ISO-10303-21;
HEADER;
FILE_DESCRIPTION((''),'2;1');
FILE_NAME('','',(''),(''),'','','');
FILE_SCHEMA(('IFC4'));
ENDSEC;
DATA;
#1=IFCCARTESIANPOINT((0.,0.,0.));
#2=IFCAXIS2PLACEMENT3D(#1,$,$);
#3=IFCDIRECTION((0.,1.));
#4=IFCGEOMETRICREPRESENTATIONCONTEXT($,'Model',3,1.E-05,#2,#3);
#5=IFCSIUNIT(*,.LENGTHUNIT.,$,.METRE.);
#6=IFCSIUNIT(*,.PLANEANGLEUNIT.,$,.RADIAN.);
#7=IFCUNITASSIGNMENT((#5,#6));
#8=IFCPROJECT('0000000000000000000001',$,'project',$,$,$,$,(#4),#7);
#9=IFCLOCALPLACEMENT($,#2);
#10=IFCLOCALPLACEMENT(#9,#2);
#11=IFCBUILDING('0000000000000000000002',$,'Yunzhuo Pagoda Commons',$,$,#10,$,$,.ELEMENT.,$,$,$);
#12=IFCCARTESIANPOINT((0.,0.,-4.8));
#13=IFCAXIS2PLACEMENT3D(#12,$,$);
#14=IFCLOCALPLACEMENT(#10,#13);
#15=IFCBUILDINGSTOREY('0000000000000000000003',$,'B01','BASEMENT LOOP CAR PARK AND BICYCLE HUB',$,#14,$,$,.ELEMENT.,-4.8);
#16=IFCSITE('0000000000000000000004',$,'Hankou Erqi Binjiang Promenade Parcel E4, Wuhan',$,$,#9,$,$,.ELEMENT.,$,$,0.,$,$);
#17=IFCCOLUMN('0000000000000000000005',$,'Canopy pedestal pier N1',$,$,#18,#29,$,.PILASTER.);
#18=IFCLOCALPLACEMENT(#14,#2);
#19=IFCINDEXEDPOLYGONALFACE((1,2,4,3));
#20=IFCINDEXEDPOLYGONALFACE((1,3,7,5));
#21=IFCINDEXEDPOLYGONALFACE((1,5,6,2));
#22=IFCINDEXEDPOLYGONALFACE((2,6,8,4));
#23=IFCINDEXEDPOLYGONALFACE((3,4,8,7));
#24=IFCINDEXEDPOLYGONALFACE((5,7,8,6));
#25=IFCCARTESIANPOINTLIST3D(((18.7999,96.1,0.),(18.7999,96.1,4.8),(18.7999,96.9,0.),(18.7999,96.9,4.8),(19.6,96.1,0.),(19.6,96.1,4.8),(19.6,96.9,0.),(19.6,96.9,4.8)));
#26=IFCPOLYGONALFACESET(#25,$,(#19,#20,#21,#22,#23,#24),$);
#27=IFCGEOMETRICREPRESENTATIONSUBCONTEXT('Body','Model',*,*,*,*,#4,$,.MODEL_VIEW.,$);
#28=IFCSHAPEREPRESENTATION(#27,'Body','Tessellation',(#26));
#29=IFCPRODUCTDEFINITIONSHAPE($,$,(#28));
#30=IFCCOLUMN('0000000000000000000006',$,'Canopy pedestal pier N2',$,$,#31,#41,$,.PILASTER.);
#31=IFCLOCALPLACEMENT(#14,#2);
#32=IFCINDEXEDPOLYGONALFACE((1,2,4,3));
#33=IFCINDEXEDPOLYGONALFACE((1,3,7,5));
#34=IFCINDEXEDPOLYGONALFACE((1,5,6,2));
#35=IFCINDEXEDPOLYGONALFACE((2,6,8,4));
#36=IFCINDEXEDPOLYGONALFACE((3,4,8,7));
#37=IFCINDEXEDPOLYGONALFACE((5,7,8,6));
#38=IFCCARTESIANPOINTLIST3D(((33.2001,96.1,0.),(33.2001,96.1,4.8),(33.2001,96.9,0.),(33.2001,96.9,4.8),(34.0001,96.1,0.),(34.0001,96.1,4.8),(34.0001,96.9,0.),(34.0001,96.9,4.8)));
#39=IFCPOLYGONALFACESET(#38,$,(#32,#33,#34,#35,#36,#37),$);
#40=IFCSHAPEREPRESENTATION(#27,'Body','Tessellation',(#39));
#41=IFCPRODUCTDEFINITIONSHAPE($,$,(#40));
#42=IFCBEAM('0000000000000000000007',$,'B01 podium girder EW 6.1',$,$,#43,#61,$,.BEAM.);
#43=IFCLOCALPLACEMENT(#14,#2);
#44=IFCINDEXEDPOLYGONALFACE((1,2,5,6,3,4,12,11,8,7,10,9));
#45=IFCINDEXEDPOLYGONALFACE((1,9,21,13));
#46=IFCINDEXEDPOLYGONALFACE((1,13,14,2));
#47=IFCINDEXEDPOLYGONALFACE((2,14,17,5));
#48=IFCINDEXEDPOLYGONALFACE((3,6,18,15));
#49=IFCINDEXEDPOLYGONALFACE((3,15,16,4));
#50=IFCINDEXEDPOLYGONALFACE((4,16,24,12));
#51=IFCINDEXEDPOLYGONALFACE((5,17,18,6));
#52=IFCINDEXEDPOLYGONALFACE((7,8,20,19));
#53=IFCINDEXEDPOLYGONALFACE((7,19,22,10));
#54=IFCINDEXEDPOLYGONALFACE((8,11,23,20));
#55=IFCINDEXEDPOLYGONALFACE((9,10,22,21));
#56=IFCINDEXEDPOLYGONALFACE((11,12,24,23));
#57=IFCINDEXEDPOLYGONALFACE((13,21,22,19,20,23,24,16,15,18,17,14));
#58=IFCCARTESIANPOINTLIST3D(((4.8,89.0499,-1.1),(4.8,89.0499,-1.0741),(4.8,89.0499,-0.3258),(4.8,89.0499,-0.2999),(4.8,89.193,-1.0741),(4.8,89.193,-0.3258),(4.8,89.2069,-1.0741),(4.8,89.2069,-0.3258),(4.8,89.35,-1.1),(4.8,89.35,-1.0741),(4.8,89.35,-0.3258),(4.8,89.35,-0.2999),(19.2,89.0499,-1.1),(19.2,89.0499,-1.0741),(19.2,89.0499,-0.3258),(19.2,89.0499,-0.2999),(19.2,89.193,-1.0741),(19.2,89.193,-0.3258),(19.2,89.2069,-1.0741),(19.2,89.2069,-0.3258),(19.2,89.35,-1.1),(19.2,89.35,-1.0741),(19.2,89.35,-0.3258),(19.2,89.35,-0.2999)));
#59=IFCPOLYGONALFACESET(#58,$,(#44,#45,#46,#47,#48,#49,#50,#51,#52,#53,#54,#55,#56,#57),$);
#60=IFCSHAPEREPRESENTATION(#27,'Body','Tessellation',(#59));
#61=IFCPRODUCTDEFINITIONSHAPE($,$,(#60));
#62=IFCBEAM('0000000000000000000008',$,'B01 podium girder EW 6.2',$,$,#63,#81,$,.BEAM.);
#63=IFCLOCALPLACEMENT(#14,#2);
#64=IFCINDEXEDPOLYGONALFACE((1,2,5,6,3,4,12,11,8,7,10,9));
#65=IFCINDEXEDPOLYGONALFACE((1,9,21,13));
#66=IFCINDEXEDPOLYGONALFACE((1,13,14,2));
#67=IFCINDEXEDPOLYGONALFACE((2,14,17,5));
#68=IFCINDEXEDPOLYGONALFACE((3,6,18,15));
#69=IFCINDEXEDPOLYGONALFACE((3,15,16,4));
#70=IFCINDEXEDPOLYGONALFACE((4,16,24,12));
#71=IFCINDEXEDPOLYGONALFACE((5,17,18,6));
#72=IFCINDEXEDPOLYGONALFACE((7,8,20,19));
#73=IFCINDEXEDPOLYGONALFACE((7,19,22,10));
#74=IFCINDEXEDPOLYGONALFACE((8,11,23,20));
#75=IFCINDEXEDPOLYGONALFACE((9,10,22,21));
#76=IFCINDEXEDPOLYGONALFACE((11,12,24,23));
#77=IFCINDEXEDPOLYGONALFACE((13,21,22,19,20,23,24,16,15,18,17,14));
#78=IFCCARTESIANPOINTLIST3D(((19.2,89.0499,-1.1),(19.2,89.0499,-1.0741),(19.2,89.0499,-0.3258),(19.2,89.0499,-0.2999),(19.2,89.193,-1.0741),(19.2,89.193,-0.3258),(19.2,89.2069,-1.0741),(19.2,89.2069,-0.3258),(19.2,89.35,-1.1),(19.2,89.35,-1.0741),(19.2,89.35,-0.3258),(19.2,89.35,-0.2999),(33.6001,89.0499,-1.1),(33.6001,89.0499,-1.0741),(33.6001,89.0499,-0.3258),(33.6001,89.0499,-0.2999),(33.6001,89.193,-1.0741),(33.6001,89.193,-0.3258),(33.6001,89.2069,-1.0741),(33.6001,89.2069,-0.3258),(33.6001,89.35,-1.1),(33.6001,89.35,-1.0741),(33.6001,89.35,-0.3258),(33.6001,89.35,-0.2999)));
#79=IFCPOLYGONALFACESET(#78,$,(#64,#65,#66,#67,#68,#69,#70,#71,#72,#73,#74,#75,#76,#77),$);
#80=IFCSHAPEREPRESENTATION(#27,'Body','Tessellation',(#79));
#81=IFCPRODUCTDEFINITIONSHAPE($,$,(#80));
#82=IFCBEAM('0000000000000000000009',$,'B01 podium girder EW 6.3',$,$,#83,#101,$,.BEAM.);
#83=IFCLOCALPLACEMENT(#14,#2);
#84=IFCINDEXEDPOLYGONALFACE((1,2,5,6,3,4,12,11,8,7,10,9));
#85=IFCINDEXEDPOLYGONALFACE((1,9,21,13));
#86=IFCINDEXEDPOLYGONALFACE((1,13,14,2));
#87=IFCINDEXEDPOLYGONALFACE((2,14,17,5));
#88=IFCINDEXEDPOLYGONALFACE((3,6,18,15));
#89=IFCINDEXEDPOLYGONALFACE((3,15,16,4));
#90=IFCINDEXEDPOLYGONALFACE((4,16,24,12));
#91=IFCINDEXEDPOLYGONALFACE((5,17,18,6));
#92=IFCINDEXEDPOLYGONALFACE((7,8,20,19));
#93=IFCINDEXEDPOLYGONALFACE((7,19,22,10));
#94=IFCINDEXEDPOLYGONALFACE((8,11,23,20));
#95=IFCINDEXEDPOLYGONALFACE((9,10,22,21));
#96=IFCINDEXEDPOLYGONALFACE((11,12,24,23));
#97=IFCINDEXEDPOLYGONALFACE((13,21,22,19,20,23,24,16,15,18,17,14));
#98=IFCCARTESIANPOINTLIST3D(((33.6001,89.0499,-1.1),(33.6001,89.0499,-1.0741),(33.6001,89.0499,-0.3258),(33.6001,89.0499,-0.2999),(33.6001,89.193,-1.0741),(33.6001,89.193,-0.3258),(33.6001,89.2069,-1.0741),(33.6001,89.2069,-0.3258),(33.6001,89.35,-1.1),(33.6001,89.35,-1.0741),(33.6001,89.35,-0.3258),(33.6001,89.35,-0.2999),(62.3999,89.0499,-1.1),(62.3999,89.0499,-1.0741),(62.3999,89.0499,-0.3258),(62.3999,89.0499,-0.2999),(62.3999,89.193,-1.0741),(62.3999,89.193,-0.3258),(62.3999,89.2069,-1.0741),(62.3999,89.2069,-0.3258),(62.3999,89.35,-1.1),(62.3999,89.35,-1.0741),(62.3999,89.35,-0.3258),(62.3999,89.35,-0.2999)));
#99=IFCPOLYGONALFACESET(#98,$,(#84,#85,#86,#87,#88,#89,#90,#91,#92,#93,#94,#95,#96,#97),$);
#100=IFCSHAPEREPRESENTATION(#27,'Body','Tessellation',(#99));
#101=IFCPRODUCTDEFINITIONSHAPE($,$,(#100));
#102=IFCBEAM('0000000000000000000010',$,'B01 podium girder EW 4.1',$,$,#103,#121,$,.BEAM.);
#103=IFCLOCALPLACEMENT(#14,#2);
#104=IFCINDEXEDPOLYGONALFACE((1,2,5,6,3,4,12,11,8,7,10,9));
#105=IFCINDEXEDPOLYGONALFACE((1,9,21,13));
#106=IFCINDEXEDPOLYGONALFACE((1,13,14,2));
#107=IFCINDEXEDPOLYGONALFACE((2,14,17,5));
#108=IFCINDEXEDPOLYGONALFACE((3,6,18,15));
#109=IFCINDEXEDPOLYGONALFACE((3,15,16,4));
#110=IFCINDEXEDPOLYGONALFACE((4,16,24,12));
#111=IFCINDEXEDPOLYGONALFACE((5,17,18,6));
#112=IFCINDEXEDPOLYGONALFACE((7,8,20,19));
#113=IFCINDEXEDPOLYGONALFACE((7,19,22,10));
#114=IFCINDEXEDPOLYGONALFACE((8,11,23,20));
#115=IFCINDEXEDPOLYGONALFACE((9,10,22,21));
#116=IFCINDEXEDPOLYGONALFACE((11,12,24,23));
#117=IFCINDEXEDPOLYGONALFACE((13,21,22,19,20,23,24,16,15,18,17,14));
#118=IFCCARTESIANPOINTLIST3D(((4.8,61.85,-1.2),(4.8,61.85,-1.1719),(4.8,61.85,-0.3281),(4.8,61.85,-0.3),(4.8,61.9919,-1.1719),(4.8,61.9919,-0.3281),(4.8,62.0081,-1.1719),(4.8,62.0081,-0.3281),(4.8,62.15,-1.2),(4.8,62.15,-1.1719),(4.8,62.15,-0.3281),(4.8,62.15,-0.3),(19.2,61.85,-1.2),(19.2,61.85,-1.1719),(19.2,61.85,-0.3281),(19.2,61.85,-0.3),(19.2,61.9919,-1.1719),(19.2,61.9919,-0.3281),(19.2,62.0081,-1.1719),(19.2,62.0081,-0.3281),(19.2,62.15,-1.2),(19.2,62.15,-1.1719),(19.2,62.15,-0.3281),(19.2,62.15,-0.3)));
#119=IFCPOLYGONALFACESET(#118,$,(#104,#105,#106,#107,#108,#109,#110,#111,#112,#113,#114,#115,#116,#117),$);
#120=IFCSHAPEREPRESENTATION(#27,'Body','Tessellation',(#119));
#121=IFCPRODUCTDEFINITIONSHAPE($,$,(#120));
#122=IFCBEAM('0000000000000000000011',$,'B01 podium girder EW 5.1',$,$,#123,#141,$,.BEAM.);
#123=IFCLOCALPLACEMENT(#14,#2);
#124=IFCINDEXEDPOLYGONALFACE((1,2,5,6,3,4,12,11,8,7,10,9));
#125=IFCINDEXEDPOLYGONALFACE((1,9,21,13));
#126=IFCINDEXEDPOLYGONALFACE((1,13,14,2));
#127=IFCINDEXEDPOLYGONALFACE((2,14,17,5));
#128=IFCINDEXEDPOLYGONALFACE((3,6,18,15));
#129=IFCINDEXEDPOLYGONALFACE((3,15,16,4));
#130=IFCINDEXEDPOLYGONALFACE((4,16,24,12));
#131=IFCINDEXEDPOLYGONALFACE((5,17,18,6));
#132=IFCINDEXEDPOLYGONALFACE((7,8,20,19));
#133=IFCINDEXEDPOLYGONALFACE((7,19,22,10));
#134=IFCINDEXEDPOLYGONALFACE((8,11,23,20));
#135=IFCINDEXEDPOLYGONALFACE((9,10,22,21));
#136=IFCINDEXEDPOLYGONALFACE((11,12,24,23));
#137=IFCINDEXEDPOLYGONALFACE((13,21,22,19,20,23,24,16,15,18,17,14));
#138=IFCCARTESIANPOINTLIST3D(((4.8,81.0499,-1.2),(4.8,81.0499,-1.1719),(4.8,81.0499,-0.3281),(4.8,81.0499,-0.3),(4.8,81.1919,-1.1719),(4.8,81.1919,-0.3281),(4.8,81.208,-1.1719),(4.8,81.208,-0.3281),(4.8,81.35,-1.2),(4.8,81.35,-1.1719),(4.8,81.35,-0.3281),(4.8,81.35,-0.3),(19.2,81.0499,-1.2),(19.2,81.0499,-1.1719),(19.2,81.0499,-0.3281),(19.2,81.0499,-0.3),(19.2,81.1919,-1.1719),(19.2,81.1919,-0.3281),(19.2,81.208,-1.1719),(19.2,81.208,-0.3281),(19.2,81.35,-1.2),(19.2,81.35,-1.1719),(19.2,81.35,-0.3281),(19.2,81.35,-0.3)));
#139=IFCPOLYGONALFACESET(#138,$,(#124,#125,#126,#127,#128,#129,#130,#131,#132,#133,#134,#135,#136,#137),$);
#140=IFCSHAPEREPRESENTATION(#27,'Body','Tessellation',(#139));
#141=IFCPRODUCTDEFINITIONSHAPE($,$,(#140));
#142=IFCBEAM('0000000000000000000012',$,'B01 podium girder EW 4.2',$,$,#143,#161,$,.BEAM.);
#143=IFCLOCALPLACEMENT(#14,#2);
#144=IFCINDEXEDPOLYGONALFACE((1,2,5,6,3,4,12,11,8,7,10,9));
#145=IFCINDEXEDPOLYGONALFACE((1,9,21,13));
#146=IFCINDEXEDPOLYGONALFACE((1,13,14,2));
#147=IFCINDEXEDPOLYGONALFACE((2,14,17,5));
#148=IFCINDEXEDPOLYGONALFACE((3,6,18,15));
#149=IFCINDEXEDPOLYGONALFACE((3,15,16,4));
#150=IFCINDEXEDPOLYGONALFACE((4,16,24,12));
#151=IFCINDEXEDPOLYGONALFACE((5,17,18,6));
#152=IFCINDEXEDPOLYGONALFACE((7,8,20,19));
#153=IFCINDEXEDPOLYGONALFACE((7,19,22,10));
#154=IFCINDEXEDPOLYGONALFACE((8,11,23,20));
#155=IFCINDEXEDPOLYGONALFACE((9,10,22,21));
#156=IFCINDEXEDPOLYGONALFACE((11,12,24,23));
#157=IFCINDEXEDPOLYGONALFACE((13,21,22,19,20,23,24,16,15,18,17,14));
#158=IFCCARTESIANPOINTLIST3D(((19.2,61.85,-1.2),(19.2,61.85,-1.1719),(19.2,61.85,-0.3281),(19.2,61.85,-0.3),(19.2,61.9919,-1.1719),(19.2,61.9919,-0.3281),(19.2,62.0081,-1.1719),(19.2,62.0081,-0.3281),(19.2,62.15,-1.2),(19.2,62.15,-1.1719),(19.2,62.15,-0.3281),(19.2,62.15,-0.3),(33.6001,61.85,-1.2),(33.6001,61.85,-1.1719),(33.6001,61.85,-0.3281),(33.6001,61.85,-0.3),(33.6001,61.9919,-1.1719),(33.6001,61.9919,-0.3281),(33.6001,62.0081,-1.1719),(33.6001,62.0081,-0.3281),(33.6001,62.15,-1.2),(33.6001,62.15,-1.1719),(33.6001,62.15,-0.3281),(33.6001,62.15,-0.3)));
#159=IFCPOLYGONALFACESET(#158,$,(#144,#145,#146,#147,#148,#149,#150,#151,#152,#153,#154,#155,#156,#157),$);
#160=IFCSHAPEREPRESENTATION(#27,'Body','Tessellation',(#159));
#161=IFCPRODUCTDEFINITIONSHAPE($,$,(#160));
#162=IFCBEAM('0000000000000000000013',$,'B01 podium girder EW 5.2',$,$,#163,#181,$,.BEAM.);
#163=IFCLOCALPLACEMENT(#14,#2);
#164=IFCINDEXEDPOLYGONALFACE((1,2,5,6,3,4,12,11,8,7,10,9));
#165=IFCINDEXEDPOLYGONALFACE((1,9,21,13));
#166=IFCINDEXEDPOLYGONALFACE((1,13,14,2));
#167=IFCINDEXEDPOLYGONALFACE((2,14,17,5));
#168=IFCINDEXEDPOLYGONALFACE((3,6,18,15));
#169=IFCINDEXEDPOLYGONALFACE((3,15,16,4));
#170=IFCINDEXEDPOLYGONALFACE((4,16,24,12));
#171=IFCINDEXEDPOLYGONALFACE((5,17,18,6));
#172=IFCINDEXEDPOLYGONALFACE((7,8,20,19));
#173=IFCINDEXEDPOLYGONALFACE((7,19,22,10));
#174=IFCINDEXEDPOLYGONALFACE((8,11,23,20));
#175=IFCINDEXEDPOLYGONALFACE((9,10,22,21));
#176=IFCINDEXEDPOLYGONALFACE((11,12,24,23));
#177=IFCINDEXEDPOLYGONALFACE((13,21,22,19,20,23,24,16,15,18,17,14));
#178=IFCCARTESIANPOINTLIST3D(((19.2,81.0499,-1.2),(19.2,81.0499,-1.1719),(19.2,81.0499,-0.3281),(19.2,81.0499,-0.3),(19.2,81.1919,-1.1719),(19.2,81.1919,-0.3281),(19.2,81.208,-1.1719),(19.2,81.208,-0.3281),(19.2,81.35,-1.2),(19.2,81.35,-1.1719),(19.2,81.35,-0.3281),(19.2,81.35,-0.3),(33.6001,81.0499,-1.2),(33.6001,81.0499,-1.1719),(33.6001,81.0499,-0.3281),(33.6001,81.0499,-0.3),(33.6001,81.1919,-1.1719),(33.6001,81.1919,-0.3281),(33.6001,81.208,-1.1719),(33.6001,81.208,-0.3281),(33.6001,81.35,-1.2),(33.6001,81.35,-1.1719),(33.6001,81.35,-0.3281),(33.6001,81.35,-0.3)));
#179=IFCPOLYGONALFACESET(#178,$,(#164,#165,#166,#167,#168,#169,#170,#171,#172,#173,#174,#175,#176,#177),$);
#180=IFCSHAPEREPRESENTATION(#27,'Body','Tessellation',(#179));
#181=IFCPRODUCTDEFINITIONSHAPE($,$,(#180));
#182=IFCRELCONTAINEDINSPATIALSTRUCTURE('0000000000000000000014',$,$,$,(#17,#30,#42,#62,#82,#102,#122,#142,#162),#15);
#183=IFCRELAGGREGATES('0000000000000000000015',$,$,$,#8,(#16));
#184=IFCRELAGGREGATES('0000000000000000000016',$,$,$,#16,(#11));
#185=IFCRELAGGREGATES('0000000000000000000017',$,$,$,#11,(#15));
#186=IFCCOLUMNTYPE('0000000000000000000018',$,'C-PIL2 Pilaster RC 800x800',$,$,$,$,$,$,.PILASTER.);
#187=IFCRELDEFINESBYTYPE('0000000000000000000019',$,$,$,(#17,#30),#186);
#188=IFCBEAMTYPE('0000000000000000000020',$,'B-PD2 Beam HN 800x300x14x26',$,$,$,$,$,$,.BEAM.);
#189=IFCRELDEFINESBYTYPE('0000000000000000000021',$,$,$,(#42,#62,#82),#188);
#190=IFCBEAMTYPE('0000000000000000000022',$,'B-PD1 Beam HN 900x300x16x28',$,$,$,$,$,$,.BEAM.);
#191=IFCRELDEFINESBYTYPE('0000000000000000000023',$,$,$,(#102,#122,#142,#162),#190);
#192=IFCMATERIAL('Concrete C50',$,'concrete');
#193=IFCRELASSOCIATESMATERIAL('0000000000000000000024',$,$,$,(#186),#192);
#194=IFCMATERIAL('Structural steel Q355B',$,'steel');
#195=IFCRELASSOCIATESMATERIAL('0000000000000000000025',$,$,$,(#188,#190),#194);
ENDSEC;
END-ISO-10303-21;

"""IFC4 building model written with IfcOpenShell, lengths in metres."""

from ifc_helpers import new_model, si_unit, direction, frame, origin, origin_2d, place, context, subcontext, project, spatial, rectangle, i_section, extrude, source, transform, mapped, material, material_profile, profile_set, type_object, element, save


model = new_model("IFC4")

# Units and contexts
model_context = context("Model", 3, precision=1e-05, world=origin(), true_north=direction((0.0, 1.0)))
body_context = subcontext(model_context, "Body", "Model", "MODEL_VIEW")
ifc_project = project(units=[si_unit("LENGTHUNIT", "METRE"), si_unit("PLANEANGLEUNIT", "RADIAN")], contexts=[model_context])

# Site, building, storey
site_placement = place(None, origin())
site = spatial("IfcSite", under=ifc_project, at=site_placement, Name="Hankou Erqi Binjiang Promenade Parcel E4, Wuhan", CompositionType="ELEMENT", RefElevation=0.0)
building_placement = place(site_placement, origin())
building = spatial("IfcBuilding", under=site, at=building_placement, Name="Yunzhuo Pagoda Commons", CompositionType="ELEMENT")
storey_placement = place(building_placement, frame((0.0, 0.0, -4.8)))
storey = spatial("IfcBuildingStorey", under=building, at=storey_placement, Name="B01", Description="BASEMENT LOOP CAR PARK AND BICYCLE HUB", CompositionType="ELEMENT", Elevation=-4.8)

# Columns
ifc_material_1 = material(Name="Concrete C50", Category="concrete")
ifc_material_profile_1 = material_profile(ifc_material_1, rectangle(XDim=0.8, YDim=0.8, at=origin_2d()), Name="Concrete C50")
ifc_profile_set_1 = profile_set([ifc_material_profile_1], Name="Concrete C50")
column_type_1 = type_object("IfcColumnType", Name="C-PIL2 Pilaster RC 800x800", PredefinedType="PILASTER", material=ifc_profile_set_1)
shared_shape_1 = source(origin(), body_context, "Body", "SweptSolid", [
    extrude(rectangle(XDim=0.8, YDim=0.8, at=origin_2d()), origin(), (0.0, 0.0, 1.0), 4.8),
])
for number, where, z_axis, x_axis, name in (
    (1, (19.2, 96.5, 0.0), (0.0, 0.0, 1.0), (1.0, 0.0, 0.0), "Canopy pedestal pier N1"),
    (2, (33.6001, 96.5, 0.0), (0.0, 0.0, 1.0), (1.0, 0.0, 0.0), "Canopy pedestal pier N2"),
):
    element("IfcColumn", number, at=place(storey_placement, frame(where, z_axis=z_axis, x_axis=x_axis)), inside=storey, type_object=column_type_1, Name=name, PredefinedType="PILASTER", context=body_context, shape_type="MappedRepresentation", body=[
        mapped(shared_shape_1, transform((0.0, 0.0, 0.0), scale=1.0)),
    ])

# Beams
ifc_material_2 = material(Name="Structural steel Q355B", Category="steel")
ifc_material_profile_2 = material_profile(ifc_material_2, i_section(OverallWidth=0.3, OverallDepth=0.8, WebThickness=0.0139, FlangeThickness=0.0259, at=origin_2d()), Name="Structural steel Q355B")
ifc_profile_set_2 = profile_set([ifc_material_profile_2], Name="Structural steel Q355B")
beam_type_1 = type_object("IfcBeamType", Name="B-PD2 Beam HN 800x300x14x26", PredefinedType="BEAM", material=ifc_profile_set_2)
shared_shape_2 = source(origin(), body_context, "Body", "SweptSolid", [
    extrude(i_section(OverallWidth=0.3, OverallDepth=0.8, WebThickness=0.0139, FlangeThickness=0.0259, at=origin_2d()), origin(), (0.0, 0.0, 1.0), 14.3999),
])
beam_1_placement = place(storey_placement, frame((4.8, 89.2, -0.7), z_axis=(1.0, 0.0, 0.0), x_axis=(0.0, 1.0, 0.0)))
element("IfcBeam", 3, at=beam_1_placement, inside=storey, type_object=beam_type_1, Name="B01 podium girder EW 6.1", PredefinedType="BEAM", context=body_context, shape_type="MappedRepresentation", body=[
    mapped(shared_shape_2, transform((0.0, 0.0, 0.0), scale=1.0)),
])
shared_shape_3 = source(origin(), body_context, "Body", "SweptSolid", [
    extrude(i_section(OverallWidth=0.3, OverallDepth=0.8, WebThickness=0.0139, FlangeThickness=0.0259, at=origin_2d()), origin(), (0.0, 0.0, 1.0), 14.4001),
])
beam_2_placement = place(storey_placement, frame((19.2, 89.2, -0.7), z_axis=(1.0, 0.0, 0.0), x_axis=(0.0, 1.0, 0.0)))
element("IfcBeam", 4, at=beam_2_placement, inside=storey, type_object=beam_type_1, Name="B01 podium girder EW 6.2", PredefinedType="BEAM", context=body_context, shape_type="MappedRepresentation", body=[
    mapped(shared_shape_3, transform((0.0, 0.0, 0.0), scale=1.0)),
])
shared_shape_4 = source(origin(), body_context, "Body", "SweptSolid", [
    extrude(i_section(OverallWidth=0.3, OverallDepth=0.8, WebThickness=0.0139, FlangeThickness=0.0259, at=origin_2d()), origin(), (0.0, 0.0, 1.0), 28.7998),
])
beam_3_placement = place(storey_placement, frame((33.6001, 89.2, -0.7), z_axis=(1.0, 0.0, 0.0), x_axis=(0.0, 1.0, 0.0)))
element("IfcBeam", 5, at=beam_3_placement, inside=storey, type_object=beam_type_1, Name="B01 podium girder EW 6.3", PredefinedType="BEAM", context=body_context, shape_type="MappedRepresentation", body=[
    mapped(shared_shape_4, transform((0.0, 0.0, 0.0), scale=1.0)),
])
ifc_material_profile_3 = material_profile(ifc_material_2, i_section(OverallWidth=0.3, OverallDepth=0.8999, WebThickness=0.0161, FlangeThickness=0.0281, at=origin_2d()), Name="Structural steel Q355B")
ifc_profile_set_3 = profile_set([ifc_material_profile_3], Name="Structural steel Q355B")
beam_type_2 = type_object("IfcBeamType", Name="B-PD1 Beam HN 900x300x16x28", PredefinedType="BEAM", material=ifc_profile_set_3)
shared_shape_5 = source(origin(), body_context, "Body", "SweptSolid", [
    extrude(i_section(OverallWidth=0.3, OverallDepth=0.8999, WebThickness=0.0161, FlangeThickness=0.0281, at=origin_2d()), origin(), (0.0, 0.0, 1.0), 14.3999),
])
for number, where, z_axis, x_axis, name in (
    (6, (4.8, 62.0, -0.75), (1.0, 0.0, 0.0), (0.0, 1.0, 0.0), "B01 podium girder EW 4.1"),
    (7, (4.8, 81.2, -0.75), (1.0, 0.0, 0.0), (0.0, 1.0, 0.0), "B01 podium girder EW 5.1"),
):
    element("IfcBeam", number, at=place(storey_placement, frame(where, z_axis=z_axis, x_axis=x_axis)), inside=storey, type_object=beam_type_2, Name=name, PredefinedType="BEAM", context=body_context, shape_type="MappedRepresentation", body=[
        mapped(shared_shape_5, transform((0.0, 0.0, 0.0), scale=1.0)),
    ])
shared_shape_6 = source(origin(), body_context, "Body", "SweptSolid", [
    extrude(i_section(OverallWidth=0.3, OverallDepth=0.8999, WebThickness=0.0161, FlangeThickness=0.0281, at=origin_2d()), origin(), (0.0, 0.0, 1.0), 14.4001),
])
for number, where, z_axis, x_axis, name in (
    (8, (19.2, 62.0, -0.75), (1.0, 0.0, 0.0), (0.0, 1.0, 0.0), "B01 podium girder EW 4.2"),
    (9, (19.2, 81.2, -0.75), (1.0, 0.0, 0.0), (0.0, 1.0, 0.0), "B01 podium girder EW 5.2"),
):
    element("IfcBeam", number, at=place(storey_placement, frame(where, z_axis=z_axis, x_axis=x_axis)), inside=storey, type_object=beam_type_2, Name=name, PredefinedType="BEAM", context=body_context, shape_type="MappedRepresentation", body=[
        mapped(shared_shape_6, transform((0.0, 0.0, 0.0), scale=1.0)),
    ])

save(model, "model.ifc")
